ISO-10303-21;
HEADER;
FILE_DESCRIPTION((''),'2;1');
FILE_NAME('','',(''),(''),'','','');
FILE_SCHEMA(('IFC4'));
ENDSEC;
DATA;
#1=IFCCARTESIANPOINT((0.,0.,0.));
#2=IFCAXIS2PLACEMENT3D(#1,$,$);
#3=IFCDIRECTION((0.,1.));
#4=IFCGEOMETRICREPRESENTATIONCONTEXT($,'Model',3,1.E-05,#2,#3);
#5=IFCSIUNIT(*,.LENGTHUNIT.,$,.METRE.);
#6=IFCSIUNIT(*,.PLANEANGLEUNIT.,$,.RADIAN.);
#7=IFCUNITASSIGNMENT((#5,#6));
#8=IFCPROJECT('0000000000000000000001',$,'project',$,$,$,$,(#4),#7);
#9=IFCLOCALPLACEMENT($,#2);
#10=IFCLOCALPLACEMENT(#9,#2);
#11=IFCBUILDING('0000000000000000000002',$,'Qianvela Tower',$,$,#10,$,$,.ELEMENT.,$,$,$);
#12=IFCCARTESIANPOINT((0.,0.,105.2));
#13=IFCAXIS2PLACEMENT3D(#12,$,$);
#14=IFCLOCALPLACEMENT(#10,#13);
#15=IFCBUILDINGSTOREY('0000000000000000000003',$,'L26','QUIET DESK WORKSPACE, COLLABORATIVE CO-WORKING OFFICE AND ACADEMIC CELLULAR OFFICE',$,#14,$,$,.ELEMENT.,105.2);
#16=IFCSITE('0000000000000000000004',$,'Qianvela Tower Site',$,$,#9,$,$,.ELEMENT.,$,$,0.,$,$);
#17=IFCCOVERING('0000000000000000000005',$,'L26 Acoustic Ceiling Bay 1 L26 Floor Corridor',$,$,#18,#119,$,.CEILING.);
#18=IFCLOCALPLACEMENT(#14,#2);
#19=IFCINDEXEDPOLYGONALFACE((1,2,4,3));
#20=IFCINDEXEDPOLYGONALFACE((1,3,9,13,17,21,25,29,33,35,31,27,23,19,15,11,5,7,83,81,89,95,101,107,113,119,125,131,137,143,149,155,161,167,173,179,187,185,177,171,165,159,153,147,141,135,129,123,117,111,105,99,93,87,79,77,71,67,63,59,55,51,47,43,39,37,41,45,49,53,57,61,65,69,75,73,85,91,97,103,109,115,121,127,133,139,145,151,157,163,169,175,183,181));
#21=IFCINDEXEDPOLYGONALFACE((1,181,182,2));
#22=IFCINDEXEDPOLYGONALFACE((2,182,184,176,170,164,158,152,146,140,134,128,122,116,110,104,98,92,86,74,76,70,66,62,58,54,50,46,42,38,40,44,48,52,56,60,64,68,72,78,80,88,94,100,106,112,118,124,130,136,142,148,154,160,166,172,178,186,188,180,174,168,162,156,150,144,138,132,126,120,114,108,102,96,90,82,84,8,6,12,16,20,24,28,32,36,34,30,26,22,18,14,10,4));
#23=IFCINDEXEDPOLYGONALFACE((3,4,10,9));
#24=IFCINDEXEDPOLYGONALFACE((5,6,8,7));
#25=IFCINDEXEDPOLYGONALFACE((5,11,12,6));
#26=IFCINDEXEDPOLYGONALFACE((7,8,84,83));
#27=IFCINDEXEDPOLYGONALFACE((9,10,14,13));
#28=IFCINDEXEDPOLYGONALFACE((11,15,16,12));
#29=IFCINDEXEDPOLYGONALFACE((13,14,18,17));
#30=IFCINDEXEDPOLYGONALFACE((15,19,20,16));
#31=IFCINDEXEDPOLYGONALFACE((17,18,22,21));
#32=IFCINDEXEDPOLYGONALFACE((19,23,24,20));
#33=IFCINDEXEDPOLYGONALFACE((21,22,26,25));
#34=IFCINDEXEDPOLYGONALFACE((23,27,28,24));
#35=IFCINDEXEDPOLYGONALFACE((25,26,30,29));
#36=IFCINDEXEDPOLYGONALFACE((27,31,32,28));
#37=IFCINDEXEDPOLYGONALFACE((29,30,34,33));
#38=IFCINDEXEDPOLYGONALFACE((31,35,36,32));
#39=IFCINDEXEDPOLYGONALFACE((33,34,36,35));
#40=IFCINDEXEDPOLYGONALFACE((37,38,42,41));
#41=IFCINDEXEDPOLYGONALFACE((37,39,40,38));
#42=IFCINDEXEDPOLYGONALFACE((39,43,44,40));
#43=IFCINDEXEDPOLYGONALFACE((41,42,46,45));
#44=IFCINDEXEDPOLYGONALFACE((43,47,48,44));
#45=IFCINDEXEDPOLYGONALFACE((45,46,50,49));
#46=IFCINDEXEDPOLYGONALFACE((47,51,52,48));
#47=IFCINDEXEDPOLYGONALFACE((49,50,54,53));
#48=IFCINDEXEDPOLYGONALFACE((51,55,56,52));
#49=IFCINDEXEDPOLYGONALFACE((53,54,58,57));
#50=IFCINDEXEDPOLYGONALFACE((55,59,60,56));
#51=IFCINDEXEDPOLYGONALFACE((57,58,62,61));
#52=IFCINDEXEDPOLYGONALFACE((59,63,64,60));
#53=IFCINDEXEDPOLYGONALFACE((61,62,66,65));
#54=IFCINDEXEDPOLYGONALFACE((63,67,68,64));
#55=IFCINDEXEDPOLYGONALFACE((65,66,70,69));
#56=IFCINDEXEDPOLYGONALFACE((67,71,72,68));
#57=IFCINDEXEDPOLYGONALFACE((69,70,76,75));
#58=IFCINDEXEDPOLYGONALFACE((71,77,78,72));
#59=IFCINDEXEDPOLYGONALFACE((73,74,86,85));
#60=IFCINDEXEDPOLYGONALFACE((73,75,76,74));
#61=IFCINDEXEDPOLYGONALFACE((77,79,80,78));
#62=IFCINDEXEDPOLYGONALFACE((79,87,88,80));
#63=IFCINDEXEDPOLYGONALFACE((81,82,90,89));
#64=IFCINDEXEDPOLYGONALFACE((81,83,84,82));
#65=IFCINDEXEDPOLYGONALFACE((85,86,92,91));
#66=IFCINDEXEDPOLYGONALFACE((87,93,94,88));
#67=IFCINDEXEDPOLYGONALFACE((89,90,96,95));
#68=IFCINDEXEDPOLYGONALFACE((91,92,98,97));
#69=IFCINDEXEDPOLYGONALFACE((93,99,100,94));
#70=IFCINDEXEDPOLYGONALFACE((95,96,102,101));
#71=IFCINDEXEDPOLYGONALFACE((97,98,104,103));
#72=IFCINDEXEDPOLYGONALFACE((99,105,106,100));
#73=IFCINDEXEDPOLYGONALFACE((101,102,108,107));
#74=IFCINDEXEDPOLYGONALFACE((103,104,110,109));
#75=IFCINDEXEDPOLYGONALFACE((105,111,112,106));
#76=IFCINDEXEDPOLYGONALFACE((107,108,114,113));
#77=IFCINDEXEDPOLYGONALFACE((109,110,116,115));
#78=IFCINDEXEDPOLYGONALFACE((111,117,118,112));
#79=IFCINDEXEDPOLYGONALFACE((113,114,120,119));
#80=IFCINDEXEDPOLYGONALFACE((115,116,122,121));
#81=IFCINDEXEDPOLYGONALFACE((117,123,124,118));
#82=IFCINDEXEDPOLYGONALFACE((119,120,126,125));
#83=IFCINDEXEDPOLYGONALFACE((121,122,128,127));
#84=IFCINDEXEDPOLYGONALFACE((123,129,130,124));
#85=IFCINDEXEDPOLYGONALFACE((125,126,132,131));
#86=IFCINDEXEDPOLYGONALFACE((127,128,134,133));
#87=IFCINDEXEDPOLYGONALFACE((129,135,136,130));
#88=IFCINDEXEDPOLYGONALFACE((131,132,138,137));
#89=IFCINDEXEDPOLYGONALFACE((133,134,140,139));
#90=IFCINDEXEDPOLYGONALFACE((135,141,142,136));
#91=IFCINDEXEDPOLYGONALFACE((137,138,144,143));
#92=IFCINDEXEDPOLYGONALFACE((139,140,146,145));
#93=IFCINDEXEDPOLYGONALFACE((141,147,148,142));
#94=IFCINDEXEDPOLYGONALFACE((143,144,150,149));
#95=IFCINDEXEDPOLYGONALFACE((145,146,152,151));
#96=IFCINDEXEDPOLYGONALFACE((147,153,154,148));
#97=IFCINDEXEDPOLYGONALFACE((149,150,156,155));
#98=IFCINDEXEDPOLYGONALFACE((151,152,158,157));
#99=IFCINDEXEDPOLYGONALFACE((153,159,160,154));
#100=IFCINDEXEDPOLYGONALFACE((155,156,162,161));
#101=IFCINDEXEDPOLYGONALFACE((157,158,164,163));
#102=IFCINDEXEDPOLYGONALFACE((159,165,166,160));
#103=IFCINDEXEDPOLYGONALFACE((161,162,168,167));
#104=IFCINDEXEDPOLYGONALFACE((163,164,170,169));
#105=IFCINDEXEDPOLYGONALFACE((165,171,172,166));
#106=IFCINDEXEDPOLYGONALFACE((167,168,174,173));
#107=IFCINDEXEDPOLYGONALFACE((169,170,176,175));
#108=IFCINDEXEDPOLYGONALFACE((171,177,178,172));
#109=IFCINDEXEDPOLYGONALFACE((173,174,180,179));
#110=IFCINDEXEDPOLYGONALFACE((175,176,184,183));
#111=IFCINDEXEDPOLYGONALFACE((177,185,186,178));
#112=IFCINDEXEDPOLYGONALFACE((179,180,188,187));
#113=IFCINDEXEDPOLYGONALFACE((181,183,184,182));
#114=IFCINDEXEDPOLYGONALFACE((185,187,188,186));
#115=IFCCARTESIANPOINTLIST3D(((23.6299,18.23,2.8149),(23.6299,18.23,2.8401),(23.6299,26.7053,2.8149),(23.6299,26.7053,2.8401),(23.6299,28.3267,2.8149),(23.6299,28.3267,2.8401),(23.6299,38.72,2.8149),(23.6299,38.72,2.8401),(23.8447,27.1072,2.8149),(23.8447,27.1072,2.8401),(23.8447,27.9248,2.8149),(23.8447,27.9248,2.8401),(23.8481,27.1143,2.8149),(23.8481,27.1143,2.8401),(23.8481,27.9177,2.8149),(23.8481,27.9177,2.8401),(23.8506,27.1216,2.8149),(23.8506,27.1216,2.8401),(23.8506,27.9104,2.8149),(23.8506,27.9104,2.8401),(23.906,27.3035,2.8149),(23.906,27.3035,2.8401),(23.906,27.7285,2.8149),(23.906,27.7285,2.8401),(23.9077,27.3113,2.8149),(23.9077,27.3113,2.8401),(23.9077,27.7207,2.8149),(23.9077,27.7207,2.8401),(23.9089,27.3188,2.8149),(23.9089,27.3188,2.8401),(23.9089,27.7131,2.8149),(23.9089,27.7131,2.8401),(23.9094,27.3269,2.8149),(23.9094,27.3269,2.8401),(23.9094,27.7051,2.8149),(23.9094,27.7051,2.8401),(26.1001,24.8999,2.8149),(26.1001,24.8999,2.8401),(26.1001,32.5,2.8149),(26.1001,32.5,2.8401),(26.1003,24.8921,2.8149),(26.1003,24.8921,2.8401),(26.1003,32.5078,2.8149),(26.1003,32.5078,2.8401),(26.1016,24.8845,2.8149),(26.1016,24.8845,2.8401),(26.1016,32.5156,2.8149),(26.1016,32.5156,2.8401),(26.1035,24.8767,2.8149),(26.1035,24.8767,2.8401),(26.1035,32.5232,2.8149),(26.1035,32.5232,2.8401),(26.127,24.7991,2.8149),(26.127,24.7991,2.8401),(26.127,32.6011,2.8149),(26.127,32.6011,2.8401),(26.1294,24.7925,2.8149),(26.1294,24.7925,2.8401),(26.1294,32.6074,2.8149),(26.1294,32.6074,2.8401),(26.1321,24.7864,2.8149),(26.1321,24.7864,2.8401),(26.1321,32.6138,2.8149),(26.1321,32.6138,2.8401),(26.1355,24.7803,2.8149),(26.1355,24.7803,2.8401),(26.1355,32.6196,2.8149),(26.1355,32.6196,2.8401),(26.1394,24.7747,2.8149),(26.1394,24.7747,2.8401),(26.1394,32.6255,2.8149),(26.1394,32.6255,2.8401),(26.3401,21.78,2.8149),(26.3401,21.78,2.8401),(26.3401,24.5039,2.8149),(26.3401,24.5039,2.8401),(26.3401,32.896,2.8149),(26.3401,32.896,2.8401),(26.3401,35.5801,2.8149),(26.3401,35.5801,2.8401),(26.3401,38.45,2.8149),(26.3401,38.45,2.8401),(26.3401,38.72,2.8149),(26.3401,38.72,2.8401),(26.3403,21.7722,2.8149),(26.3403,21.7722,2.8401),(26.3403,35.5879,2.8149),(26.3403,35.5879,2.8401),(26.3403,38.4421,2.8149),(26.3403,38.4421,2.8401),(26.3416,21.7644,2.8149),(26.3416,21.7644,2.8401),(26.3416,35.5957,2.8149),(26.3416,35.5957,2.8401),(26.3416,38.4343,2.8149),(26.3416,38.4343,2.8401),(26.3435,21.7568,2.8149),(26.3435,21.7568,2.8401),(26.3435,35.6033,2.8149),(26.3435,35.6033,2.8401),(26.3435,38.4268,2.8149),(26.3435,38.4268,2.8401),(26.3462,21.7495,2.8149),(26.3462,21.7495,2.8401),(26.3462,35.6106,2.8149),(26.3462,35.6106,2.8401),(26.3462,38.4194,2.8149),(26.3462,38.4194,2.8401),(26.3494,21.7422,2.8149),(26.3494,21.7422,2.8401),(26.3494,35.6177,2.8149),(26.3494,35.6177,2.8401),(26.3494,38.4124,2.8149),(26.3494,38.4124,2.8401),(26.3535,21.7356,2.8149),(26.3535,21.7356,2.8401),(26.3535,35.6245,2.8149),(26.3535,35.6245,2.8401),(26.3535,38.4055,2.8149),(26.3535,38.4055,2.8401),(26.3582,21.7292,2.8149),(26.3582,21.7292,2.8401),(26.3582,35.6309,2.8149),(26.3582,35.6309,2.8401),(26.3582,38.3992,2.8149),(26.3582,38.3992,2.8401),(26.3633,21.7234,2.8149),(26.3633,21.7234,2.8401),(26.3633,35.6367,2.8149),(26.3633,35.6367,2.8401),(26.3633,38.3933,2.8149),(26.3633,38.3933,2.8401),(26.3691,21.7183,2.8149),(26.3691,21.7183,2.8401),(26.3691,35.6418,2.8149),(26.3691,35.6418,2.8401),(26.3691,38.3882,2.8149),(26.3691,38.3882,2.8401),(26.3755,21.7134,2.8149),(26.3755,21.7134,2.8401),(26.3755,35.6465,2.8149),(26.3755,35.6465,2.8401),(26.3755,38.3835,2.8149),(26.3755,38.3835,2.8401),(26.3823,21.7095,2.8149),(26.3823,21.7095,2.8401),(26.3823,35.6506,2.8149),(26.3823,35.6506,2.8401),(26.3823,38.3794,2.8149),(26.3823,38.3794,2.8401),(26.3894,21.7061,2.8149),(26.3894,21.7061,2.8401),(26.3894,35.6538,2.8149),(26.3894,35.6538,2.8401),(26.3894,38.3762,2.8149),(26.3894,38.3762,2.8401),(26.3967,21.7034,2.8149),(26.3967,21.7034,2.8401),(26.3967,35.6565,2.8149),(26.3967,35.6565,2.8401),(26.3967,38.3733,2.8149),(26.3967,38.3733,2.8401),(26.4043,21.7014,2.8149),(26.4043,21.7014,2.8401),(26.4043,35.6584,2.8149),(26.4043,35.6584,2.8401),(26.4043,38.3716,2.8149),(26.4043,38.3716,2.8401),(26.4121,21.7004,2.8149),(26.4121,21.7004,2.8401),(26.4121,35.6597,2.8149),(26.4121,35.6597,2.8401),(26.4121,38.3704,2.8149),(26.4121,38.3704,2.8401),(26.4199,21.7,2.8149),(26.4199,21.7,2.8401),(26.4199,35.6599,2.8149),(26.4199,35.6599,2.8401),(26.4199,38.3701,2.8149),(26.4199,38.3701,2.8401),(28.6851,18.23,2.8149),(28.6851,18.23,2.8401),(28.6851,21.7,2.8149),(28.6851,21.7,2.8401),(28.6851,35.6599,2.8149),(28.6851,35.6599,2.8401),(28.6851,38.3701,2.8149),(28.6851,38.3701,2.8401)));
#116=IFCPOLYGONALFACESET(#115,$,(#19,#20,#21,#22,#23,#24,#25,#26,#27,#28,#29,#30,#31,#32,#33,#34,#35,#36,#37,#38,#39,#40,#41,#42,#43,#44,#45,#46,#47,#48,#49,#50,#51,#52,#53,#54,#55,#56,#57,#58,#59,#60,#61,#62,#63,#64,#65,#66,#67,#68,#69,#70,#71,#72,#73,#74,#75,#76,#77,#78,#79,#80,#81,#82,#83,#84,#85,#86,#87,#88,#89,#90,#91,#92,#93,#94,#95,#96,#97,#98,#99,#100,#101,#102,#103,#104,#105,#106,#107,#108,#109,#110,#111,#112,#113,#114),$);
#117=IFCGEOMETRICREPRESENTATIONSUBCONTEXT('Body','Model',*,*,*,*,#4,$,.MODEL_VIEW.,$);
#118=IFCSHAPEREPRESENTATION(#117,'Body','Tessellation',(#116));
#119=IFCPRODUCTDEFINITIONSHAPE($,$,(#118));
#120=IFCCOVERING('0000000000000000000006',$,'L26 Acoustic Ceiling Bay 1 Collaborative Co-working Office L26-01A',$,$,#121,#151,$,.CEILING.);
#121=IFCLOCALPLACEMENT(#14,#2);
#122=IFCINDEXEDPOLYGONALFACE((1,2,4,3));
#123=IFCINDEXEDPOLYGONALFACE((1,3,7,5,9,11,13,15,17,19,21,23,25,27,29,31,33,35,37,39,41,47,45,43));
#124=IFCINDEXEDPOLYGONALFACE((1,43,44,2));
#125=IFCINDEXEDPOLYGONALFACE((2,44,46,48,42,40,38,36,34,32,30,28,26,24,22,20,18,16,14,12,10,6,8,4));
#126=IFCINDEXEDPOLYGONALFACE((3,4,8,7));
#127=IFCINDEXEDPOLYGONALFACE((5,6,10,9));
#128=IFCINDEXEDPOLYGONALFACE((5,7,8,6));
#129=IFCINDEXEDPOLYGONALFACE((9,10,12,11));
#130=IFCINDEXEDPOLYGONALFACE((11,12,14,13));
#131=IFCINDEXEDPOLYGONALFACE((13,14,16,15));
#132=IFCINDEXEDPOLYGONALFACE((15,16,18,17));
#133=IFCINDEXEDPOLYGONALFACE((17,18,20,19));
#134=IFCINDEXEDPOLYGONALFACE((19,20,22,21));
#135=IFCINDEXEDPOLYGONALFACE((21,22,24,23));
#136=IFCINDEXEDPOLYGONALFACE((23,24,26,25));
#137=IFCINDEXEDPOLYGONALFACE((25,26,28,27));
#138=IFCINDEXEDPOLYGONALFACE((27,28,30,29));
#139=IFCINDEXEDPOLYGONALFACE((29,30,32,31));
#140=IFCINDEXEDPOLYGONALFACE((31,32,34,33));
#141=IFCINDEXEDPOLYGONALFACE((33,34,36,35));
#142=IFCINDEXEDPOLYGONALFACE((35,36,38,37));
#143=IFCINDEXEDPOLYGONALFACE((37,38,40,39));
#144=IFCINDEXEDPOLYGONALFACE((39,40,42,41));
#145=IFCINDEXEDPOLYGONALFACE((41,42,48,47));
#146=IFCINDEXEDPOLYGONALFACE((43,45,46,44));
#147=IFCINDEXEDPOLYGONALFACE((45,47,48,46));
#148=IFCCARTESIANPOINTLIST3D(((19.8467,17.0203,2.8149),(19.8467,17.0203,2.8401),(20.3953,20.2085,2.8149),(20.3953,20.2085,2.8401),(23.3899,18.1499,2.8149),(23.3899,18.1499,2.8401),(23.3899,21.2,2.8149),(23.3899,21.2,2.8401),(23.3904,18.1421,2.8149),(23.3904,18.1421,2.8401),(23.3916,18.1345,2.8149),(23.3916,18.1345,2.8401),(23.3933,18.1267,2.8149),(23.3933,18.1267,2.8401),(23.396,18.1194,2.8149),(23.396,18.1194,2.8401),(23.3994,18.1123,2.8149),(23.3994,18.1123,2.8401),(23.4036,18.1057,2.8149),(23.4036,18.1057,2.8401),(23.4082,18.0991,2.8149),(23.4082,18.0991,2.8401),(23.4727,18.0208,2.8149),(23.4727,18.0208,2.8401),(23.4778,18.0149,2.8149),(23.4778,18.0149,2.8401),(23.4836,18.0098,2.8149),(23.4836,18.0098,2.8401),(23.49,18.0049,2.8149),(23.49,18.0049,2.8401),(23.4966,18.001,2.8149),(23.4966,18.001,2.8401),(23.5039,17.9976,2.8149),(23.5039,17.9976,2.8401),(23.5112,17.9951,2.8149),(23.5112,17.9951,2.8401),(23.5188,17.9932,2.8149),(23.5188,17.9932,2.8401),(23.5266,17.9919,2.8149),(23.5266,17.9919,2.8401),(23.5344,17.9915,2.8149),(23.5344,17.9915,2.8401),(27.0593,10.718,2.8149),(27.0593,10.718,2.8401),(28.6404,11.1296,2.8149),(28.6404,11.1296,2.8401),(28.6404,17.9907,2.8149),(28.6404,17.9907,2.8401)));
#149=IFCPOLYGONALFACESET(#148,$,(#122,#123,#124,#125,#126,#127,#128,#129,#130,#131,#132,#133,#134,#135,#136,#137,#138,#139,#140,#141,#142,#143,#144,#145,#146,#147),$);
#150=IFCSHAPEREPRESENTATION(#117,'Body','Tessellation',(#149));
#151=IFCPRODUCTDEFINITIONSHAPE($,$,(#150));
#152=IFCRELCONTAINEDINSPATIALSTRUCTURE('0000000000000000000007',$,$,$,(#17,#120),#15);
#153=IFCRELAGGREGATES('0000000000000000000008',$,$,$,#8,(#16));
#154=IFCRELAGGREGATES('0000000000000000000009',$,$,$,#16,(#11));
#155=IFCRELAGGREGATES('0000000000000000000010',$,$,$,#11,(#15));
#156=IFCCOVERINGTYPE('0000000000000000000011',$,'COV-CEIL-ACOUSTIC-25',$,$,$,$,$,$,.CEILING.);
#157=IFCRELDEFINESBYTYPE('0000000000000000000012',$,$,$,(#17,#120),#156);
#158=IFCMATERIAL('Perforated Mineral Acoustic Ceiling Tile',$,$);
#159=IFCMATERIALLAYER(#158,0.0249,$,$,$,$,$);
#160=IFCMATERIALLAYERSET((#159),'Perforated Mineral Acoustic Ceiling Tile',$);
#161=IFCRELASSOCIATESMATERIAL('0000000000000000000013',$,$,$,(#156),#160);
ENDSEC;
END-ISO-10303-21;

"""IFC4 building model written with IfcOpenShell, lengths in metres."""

from ifc_helpers import new_model, si_unit, direction, frame, origin, place, context, subcontext, project, spatial, polyline, outline, extrude, material, layer, layer_set, type_object, element, save


model = new_model("IFC4")

# Units and contexts
model_context = context("Model", 3, precision=1e-05, world=origin(), true_north=direction((0.0, 1.0)))
body_context = subcontext(model_context, "Body", "Model", "MODEL_VIEW")
ifc_project = project(units=[si_unit("LENGTHUNIT", "METRE"), si_unit("PLANEANGLEUNIT", "RADIAN")], contexts=[model_context])

# Site, building, storey
site_placement = place(None, origin())
site = spatial("IfcSite", under=ifc_project, at=site_placement, Name="Qianvela Tower Site", CompositionType="ELEMENT", RefElevation=0.0)
building_placement = place(site_placement, origin())
building = spatial("IfcBuilding", under=site, at=building_placement, Name="Qianvela Tower", CompositionType="ELEMENT")
storey_placement = place(building_placement, frame((0.0, 0.0, 105.2)))
storey = spatial("IfcBuildingStorey", under=building, at=storey_placement, Name="L26", Description="QUIET DESK WORKSPACE, COLLABORATIVE CO-WORKING OFFICE AND ACADEMIC CELLULAR OFFICE", CompositionType="ELEMENT", Elevation=105.2)

# Coverings
ifc_material_1 = material(Name="Perforated Mineral Acoustic Ceiling Tile")
ifc_layer_1 = layer(ifc_material_1, 0.0249)
ifc_layer_set_1 = layer_set([ifc_layer_1], Name="Perforated Mineral Acoustic Ceiling Tile")
covering_type_1 = type_object("IfcCoveringType", Name="COV-CEIL-ACOUSTIC-25", PredefinedType="CEILING", material=ifc_layer_set_1)
covering_1_placement = place(storey_placement, frame((0.0, 0.0, 2.8149)))
element("IfcCovering", 1, at=covering_1_placement, inside=storey, type_object=covering_type_1, Name="L26 Acoustic Ceiling Bay 1 L26 Floor Corridor", PredefinedType="CEILING", context=body_context, shape_type="SweptSolid", body=[
    extrude(outline(polyline([(23.8481, 27.9177), (23.8447, 27.9248), (23.6299, 28.3267), (23.6299, 38.72), (26.3401, 38.72), (26.3401, 38.45), (26.3403, 38.4421), (26.3416, 38.4343), (26.3435, 38.4268), (26.3462, 38.4194), (26.3494, 38.4124), (26.3535, 38.4055), (26.3582, 38.3992), (26.3633, 38.3933), (26.3691, 38.3882), (26.3755, 38.3835), (26.3823, 38.3794), (26.3894, 38.3762), (26.3967, 38.3733), (26.4043, 38.3716), (26.4121, 38.3704), (26.4199, 38.3701), (28.6851, 38.3701), (28.6851, 35.6599), (26.4199, 35.6599), (26.4121, 35.6597), (26.4043, 35.6584), (26.3967, 35.6565), (26.3894, 35.6538), (26.3823, 35.6506), (26.3755, 35.6465), (26.3691, 35.6418), (26.3633, 35.6367), (26.3582, 35.6309), (26.3535, 35.6245), (26.3494, 35.6177), (26.3462, 35.6106), (26.3435, 35.6033), (26.3416, 35.5957), (26.3403, 35.5879), (26.3401, 35.5801), (26.3401, 32.896), (26.1394, 32.6255), (26.1355, 32.6196), (26.1321, 32.6138), (26.1294, 32.6074), (26.127, 32.6011), (26.1035, 32.5232), (26.1016, 32.5156), (26.1003, 32.5078), (26.1001, 32.5), (26.1001, 24.8999), (26.1003, 24.8921), (26.1016, 24.8845), (26.1035, 24.8767), (26.127, 24.7991), (26.1294, 24.7925), (26.1321, 24.7864), (26.1355, 24.7803), (26.1394, 24.7747), (26.3401, 24.5039), (26.3401, 21.78), (26.3403, 21.7722), (26.3416, 21.7644), (26.3435, 21.7568), (26.3462, 21.7495), (26.3494, 21.7422), (26.3535, 21.7356), (26.3582, 21.7292), (26.3633, 21.7234), (26.3691, 21.7183), (26.3755, 21.7134), (26.3823, 21.7095), (26.3894, 21.7061), (26.3967, 21.7034), (26.4043, 21.7014), (26.4121, 21.7004), (26.4199, 21.7), (28.6851, 21.7), (28.6851, 18.23), (23.6299, 18.23), (23.6299, 26.7053), (23.8447, 27.1072), (23.8481, 27.1143), (23.8506, 27.1216), (23.906, 27.3035), (23.9077, 27.3113), (23.9089, 27.3188), (23.9094, 27.3269), (23.9094, 27.7051), (23.9089, 27.7131), (23.9077, 27.7207), (23.906, 27.7285), (23.8506, 27.9104), (23.8481, 27.9177)])), origin(), (0.0, 0.0, 1.0), 0.0251),
])
covering_2_placement = place(storey_placement, frame((0.0, 0.0, 2.8149)))
element("IfcCovering", 2, at=covering_2_placement, inside=storey, type_object=covering_type_1, Name="L26 Acoustic Ceiling Bay 1 Collaborative Co-working Office L26-01A", PredefinedType="CEILING", context=body_context, shape_type="SweptSolid", body=[
    extrude(outline(polyline([(23.3904, 18.1421), (23.3916, 18.1345), (23.3933, 18.1267), (23.396, 18.1194), (23.3994, 18.1123), (23.4036, 18.1057), (23.4082, 18.0991), (23.4727, 18.0208), (23.4778, 18.0149), (23.4836, 18.0098), (23.49, 18.0049), (23.4966, 18.001), (23.5039, 17.9976), (23.5112, 17.9951), (23.5188, 17.9932), (23.5266, 17.9919), (23.5344, 17.9915), (28.6404, 17.9907), (28.6404, 11.1296), (27.0593, 10.718), (19.8467, 17.0203), (20.3953, 20.2085), (23.3899, 21.2), (23.3899, 18.1499), (23.3904, 18.1421)])), origin(), (0.0, 0.0, 1.0), 0.0251),
])

save(model, "model.ifc")
